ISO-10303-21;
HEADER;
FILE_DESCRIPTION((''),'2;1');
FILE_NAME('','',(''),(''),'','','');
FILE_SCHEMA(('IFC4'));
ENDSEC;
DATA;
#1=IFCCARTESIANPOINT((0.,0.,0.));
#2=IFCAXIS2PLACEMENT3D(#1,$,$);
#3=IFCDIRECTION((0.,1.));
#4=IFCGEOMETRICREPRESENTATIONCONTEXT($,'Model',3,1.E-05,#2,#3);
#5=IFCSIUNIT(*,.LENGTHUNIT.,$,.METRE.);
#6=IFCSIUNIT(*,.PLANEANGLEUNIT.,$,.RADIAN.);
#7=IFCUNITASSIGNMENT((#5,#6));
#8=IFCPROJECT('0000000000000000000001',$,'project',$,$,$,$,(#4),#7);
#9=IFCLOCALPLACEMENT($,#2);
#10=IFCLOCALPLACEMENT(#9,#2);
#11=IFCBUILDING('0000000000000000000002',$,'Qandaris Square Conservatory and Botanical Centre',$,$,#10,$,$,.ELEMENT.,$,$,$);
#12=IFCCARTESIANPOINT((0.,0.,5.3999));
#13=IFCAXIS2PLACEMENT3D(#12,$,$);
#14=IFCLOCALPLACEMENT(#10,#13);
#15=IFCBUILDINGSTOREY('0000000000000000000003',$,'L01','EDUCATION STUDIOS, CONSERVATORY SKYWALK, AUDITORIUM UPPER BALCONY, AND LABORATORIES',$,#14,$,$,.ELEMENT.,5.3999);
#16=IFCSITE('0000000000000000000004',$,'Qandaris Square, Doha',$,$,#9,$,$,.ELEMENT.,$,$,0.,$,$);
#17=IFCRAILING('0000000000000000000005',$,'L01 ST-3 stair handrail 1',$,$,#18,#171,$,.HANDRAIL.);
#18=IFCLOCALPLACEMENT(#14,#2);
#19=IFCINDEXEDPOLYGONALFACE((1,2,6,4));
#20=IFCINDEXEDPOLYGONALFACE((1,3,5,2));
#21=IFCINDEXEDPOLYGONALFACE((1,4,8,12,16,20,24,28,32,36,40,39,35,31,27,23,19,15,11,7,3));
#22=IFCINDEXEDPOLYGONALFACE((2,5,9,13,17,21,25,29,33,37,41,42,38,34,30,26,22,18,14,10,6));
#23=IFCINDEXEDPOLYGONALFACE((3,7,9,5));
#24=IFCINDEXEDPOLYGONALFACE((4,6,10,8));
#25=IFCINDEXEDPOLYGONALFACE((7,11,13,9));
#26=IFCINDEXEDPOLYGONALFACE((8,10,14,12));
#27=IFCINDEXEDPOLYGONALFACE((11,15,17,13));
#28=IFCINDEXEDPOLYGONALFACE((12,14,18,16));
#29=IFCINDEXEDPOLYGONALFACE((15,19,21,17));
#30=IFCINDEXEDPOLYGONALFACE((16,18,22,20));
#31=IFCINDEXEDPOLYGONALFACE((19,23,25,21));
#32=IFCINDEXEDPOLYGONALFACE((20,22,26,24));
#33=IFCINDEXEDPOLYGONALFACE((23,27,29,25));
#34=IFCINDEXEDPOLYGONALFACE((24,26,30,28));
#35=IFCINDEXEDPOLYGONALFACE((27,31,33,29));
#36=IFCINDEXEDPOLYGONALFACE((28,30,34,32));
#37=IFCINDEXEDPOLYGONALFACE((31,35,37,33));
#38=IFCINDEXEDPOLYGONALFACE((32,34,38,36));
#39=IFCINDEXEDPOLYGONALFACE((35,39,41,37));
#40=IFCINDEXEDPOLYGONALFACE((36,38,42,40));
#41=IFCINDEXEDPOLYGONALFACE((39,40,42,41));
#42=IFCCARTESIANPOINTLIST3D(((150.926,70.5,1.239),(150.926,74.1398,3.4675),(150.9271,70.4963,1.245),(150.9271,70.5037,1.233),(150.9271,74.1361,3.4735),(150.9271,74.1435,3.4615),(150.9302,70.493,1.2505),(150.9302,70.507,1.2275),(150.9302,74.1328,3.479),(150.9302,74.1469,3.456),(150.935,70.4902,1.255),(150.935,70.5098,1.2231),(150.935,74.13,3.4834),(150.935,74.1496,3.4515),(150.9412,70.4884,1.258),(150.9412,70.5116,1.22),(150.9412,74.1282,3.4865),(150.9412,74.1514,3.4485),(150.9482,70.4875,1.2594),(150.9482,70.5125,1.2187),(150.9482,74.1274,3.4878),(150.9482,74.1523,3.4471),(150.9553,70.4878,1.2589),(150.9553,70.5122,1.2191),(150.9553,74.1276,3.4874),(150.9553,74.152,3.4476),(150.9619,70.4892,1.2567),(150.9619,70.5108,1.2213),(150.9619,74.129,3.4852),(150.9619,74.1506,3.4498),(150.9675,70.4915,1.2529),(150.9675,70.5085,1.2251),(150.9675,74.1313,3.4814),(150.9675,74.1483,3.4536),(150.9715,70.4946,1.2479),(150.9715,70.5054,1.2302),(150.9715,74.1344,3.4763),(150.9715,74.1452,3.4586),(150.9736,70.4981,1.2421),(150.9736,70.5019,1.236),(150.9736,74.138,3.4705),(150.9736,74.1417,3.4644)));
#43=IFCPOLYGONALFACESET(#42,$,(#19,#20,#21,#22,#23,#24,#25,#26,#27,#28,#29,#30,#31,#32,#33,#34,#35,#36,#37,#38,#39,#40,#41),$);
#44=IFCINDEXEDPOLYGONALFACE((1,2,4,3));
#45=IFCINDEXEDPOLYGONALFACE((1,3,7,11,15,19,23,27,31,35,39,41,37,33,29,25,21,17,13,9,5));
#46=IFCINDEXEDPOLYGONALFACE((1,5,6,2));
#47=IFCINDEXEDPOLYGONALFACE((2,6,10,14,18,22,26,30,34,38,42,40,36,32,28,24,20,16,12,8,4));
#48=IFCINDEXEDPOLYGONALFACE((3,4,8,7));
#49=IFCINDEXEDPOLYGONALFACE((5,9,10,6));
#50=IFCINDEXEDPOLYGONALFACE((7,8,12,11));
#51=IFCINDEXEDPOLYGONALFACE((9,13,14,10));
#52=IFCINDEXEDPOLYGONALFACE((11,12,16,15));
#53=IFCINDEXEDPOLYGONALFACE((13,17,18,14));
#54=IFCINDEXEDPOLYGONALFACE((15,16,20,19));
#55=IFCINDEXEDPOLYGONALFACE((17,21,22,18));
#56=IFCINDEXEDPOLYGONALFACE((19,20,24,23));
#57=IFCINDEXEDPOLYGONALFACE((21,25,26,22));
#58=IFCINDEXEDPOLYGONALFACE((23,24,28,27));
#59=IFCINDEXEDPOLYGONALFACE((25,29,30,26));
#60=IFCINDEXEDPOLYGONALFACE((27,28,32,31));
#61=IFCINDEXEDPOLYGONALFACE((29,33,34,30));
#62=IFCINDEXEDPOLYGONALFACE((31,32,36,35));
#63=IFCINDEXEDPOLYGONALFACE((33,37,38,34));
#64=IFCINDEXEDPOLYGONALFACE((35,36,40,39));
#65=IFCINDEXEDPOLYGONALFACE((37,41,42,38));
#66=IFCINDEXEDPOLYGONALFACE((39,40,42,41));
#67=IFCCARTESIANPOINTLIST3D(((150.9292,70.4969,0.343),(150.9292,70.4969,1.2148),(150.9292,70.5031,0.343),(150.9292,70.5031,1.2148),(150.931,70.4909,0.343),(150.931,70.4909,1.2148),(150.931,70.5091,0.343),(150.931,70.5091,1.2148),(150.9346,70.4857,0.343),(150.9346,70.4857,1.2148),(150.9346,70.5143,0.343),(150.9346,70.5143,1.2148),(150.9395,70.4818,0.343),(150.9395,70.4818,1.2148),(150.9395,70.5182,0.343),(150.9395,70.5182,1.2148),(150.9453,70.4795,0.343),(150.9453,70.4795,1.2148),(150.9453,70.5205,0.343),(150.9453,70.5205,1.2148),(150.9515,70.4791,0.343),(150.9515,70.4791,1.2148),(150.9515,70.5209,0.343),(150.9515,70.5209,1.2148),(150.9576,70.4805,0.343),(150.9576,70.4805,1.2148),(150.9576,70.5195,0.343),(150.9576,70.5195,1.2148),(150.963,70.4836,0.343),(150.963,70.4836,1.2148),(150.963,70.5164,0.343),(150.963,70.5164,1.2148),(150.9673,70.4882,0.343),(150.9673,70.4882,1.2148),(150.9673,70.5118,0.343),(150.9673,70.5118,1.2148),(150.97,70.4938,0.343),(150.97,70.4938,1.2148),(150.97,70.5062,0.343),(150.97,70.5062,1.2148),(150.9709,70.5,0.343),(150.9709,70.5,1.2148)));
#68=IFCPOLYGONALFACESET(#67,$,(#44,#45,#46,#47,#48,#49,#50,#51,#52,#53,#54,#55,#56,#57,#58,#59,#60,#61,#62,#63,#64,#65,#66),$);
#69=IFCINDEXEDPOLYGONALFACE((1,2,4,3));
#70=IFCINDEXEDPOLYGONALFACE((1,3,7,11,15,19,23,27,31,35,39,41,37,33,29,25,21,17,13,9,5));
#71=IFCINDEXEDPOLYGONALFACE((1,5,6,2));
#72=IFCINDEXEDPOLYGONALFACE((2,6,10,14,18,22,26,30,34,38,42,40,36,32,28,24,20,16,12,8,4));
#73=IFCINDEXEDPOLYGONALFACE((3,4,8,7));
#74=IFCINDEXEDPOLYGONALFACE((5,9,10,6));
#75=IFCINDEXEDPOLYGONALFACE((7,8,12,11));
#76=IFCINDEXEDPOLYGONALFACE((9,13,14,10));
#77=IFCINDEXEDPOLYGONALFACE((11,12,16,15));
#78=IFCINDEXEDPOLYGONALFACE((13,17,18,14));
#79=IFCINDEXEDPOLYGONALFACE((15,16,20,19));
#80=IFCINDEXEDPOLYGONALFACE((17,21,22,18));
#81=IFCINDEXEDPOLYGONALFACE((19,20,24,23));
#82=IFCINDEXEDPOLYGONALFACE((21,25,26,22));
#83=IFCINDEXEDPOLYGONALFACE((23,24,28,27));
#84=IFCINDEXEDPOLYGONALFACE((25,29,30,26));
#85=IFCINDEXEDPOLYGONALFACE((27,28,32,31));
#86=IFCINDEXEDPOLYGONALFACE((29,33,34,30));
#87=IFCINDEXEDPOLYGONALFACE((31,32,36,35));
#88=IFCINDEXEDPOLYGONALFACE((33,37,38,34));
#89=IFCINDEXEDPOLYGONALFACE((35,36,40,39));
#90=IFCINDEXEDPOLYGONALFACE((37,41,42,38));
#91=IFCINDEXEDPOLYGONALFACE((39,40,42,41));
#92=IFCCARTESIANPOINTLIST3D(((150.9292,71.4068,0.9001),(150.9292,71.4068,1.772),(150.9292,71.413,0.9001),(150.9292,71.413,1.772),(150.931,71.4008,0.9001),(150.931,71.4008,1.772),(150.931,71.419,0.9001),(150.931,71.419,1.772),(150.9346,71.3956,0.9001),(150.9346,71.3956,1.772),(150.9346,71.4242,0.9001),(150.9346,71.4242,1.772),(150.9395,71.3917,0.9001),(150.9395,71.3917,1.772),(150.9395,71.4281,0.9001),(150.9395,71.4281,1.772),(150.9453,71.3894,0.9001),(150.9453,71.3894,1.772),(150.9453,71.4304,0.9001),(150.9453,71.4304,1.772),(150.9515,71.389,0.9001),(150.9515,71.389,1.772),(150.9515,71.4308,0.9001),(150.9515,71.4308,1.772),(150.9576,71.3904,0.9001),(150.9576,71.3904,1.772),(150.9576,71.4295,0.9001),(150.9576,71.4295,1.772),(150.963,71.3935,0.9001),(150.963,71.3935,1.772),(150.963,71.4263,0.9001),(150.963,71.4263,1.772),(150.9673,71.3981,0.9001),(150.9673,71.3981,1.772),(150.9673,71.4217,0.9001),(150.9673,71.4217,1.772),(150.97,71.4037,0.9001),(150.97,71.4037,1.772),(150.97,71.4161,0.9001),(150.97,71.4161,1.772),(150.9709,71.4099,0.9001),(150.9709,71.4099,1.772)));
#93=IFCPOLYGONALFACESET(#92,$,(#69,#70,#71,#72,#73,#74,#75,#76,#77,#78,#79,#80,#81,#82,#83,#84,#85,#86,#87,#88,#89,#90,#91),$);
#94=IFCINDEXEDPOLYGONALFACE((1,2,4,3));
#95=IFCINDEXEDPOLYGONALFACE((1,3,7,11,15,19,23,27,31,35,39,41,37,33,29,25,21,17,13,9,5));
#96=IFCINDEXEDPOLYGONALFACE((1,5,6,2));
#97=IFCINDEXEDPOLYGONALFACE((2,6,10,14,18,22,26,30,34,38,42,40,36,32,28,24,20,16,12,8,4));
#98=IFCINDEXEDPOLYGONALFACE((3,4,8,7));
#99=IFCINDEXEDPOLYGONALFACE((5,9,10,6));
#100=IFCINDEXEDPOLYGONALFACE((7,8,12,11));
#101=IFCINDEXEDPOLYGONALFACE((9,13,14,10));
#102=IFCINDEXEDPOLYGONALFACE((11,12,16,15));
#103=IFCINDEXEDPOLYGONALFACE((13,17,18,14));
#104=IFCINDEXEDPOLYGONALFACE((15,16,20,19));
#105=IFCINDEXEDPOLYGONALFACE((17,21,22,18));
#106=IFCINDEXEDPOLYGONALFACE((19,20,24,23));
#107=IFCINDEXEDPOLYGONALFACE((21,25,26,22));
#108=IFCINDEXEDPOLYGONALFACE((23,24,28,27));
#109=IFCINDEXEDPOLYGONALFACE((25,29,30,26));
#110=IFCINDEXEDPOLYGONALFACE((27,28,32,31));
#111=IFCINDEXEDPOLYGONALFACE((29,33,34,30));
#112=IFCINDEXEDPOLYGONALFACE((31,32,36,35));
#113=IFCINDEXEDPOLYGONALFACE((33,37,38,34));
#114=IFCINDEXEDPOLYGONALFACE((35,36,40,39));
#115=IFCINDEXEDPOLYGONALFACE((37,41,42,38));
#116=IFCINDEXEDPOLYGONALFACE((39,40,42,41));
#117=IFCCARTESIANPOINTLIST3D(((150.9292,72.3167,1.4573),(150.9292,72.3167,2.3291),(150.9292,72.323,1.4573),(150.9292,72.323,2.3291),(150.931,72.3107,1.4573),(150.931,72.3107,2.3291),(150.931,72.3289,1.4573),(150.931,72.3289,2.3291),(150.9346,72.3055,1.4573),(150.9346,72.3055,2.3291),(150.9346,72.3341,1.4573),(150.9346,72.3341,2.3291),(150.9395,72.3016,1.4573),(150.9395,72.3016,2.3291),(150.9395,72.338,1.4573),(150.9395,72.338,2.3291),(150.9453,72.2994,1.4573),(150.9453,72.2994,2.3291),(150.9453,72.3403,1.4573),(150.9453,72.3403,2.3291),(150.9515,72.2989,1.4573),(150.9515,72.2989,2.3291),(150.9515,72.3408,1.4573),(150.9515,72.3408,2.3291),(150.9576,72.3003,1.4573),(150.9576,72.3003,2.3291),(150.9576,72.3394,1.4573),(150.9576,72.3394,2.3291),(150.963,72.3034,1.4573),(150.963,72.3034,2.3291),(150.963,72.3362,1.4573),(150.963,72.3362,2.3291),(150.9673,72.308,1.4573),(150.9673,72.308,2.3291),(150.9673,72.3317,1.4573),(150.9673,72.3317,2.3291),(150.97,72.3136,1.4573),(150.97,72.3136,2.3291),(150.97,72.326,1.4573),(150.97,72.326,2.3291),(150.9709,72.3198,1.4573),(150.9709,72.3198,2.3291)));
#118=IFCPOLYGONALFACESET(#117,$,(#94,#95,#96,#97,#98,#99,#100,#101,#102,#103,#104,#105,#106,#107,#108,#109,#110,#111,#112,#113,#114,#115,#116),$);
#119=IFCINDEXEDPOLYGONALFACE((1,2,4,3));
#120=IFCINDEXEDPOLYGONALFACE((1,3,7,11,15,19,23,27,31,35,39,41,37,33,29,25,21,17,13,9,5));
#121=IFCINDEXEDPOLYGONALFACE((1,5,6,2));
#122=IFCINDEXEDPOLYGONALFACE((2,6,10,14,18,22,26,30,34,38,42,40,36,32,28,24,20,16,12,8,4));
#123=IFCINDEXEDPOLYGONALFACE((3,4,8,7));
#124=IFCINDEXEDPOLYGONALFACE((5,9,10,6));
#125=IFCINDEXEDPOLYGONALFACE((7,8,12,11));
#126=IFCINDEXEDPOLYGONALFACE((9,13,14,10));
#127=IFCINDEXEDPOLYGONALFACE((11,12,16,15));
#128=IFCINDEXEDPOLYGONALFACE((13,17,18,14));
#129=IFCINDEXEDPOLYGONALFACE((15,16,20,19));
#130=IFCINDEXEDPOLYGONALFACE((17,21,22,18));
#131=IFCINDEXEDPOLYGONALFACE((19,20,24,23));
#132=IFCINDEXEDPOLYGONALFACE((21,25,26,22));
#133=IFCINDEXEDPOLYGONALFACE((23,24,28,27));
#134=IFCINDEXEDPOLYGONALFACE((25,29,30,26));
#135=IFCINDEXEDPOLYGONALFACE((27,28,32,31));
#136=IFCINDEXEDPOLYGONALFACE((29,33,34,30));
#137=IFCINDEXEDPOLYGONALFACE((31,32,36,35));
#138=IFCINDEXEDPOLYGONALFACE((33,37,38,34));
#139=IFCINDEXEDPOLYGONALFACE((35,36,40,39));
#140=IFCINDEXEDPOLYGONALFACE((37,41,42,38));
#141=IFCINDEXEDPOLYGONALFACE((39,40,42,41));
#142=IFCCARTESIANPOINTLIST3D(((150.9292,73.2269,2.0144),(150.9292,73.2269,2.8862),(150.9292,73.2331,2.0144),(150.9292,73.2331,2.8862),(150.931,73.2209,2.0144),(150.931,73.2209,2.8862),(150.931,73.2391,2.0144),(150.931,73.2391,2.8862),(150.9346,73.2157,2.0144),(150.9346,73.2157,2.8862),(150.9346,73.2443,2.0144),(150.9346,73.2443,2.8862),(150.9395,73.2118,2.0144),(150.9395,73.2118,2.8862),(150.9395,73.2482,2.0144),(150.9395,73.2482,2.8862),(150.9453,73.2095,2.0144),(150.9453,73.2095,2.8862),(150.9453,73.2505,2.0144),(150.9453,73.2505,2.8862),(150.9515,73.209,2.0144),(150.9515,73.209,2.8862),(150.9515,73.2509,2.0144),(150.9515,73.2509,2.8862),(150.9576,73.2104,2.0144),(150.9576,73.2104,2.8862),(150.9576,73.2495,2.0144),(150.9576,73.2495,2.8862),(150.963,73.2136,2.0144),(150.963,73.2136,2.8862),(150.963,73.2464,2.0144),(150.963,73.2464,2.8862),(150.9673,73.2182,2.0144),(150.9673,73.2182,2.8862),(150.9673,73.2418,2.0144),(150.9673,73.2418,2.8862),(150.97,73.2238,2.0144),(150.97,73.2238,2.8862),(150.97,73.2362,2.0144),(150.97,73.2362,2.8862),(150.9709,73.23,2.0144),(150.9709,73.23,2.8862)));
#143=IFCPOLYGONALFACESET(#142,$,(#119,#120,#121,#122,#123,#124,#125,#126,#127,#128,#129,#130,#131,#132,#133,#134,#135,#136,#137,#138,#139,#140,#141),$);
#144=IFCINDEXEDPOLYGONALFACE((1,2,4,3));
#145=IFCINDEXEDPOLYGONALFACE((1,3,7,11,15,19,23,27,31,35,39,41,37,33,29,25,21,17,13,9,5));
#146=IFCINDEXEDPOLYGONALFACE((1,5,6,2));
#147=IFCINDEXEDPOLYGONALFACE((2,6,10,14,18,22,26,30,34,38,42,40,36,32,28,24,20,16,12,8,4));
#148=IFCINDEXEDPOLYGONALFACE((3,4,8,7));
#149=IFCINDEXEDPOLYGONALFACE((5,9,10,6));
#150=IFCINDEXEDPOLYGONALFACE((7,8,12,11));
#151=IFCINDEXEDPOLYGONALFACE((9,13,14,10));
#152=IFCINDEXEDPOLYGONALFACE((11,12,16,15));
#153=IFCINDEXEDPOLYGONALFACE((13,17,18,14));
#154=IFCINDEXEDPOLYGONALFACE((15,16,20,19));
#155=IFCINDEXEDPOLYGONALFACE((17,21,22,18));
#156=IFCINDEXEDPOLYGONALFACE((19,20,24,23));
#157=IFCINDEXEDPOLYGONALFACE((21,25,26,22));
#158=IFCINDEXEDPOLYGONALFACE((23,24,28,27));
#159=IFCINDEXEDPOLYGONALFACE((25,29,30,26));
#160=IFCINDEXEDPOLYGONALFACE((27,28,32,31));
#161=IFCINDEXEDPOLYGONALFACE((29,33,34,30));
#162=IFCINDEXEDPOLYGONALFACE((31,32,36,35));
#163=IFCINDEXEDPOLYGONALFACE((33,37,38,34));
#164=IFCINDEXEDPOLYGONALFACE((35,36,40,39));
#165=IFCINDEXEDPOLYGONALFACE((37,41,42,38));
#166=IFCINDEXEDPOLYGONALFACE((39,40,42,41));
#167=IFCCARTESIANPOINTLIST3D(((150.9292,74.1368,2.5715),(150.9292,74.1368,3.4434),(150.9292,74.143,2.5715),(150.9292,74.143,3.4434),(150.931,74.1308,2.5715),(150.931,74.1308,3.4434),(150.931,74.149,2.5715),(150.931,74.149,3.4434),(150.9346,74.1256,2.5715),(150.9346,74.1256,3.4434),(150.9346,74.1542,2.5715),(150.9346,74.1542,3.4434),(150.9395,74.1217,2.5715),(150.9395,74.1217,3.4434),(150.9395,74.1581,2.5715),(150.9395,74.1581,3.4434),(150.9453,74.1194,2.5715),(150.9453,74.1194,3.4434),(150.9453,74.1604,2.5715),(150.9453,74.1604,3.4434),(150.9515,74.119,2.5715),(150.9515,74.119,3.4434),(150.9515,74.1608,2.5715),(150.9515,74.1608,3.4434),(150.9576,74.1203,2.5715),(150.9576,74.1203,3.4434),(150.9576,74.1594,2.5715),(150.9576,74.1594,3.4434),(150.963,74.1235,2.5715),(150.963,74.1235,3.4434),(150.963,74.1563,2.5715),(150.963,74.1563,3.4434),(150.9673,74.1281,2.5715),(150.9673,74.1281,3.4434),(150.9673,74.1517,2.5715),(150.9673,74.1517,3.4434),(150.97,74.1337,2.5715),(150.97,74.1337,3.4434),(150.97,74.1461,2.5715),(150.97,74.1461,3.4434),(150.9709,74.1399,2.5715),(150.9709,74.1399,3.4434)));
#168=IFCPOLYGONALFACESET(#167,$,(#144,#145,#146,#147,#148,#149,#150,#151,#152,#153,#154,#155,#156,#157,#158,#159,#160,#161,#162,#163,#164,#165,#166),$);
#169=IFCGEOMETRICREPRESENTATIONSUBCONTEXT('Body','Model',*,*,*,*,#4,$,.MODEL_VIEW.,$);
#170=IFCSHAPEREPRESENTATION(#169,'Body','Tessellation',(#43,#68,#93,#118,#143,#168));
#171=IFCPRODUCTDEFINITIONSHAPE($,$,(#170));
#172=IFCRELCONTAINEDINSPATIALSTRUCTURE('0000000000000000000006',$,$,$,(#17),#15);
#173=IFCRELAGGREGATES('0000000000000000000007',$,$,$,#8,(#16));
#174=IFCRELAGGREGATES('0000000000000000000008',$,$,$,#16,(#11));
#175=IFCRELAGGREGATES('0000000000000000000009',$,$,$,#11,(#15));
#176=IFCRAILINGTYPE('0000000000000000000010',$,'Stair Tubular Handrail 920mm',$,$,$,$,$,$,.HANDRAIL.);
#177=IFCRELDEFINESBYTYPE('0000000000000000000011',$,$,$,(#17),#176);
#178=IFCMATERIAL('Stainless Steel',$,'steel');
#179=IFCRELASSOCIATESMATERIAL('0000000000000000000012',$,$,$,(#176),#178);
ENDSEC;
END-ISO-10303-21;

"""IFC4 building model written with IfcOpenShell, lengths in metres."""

from ifc_helpers import new_model, si_unit, direction, frame, origin, origin_2d, place, context, subcontext, project, spatial, circle, extrude, material, type_object, element, save


model = new_model("IFC4")

# Units and contexts
model_context = context("Model", 3, precision=1e-05, world=origin(), true_north=direction((0.0, 1.0)))
body_context = subcontext(model_context, "Body", "Model", "MODEL_VIEW")
ifc_project = project(units=[si_unit("LENGTHUNIT", "METRE"), si_unit("PLANEANGLEUNIT", "RADIAN")], contexts=[model_context])

# Site, building, storey
site_placement = place(None, origin())
site = spatial("IfcSite", under=ifc_project, at=site_placement, Name="Qandaris Square, Doha", CompositionType="ELEMENT", RefElevation=0.0)
building_placement = place(site_placement, origin())
building = spatial("IfcBuilding", under=site, at=building_placement, Name="Qandaris Square Conservatory and Botanical Centre", CompositionType="ELEMENT")
storey_placement = place(building_placement, frame((0.0, 0.0, 5.3999)))
storey = spatial("IfcBuildingStorey", under=building, at=storey_placement, Name="L01", Description="EDUCATION STUDIOS, CONSERVATORY SKYWALK, AUDITORIUM UPPER BALCONY, AND LABORATORIES", CompositionType="ELEMENT", Elevation=5.3999)

# Railing
ifc_material_1 = material(Name="Stainless Steel", Category="steel")
railing_type_1 = type_object("IfcRailingType", Name="Stair Tubular Handrail 920mm", PredefinedType="HANDRAIL", material=ifc_material_1)
railing_1_placement = place(storey_placement, frame((150.95, 70.5, 0.343)))
element("IfcRailing", 1, at=railing_1_placement, inside=storey, type_object=railing_type_1, Name="L01 ST-3 stair handrail 1", PredefinedType="HANDRAIL", context=body_context, shape_type="SweptSolid", body=[
    extrude(circle(Radius=0.0239, at=origin_2d()), frame((0.0, 0.0, 0.896), z_axis=(0.0, 0.85285, 0.522156), x_axis=(-1.0, 0.0, 0.0)), (0.0, 0.0, 1.0), 4.2678),
    extrude(circle(Radius=0.021, at=origin_2d()), origin(), (0.0, 0.0, 1.0), 0.8718),
    extrude(circle(Radius=0.021, at=origin_2d()), frame((0.0, 0.9099, 0.5571)), (0.0, 0.0, 1.0), 0.8718),
    extrude(circle(Radius=0.021, at=origin_2d()), frame((0.0, 1.8198, 1.1143)), (0.0, 0.0, 1.0), 0.8718),
    extrude(circle(Radius=0.021, at=origin_2d()), frame((0.0, 2.73, 1.6714)), (0.0, 0.0, 1.0), 0.8718),
    extrude(circle(Radius=0.021, at=origin_2d()), frame((0.0, 3.6399, 2.2285)), (0.0, 0.0, 1.0), 0.8718),
])

save(model, "model.ifc")
